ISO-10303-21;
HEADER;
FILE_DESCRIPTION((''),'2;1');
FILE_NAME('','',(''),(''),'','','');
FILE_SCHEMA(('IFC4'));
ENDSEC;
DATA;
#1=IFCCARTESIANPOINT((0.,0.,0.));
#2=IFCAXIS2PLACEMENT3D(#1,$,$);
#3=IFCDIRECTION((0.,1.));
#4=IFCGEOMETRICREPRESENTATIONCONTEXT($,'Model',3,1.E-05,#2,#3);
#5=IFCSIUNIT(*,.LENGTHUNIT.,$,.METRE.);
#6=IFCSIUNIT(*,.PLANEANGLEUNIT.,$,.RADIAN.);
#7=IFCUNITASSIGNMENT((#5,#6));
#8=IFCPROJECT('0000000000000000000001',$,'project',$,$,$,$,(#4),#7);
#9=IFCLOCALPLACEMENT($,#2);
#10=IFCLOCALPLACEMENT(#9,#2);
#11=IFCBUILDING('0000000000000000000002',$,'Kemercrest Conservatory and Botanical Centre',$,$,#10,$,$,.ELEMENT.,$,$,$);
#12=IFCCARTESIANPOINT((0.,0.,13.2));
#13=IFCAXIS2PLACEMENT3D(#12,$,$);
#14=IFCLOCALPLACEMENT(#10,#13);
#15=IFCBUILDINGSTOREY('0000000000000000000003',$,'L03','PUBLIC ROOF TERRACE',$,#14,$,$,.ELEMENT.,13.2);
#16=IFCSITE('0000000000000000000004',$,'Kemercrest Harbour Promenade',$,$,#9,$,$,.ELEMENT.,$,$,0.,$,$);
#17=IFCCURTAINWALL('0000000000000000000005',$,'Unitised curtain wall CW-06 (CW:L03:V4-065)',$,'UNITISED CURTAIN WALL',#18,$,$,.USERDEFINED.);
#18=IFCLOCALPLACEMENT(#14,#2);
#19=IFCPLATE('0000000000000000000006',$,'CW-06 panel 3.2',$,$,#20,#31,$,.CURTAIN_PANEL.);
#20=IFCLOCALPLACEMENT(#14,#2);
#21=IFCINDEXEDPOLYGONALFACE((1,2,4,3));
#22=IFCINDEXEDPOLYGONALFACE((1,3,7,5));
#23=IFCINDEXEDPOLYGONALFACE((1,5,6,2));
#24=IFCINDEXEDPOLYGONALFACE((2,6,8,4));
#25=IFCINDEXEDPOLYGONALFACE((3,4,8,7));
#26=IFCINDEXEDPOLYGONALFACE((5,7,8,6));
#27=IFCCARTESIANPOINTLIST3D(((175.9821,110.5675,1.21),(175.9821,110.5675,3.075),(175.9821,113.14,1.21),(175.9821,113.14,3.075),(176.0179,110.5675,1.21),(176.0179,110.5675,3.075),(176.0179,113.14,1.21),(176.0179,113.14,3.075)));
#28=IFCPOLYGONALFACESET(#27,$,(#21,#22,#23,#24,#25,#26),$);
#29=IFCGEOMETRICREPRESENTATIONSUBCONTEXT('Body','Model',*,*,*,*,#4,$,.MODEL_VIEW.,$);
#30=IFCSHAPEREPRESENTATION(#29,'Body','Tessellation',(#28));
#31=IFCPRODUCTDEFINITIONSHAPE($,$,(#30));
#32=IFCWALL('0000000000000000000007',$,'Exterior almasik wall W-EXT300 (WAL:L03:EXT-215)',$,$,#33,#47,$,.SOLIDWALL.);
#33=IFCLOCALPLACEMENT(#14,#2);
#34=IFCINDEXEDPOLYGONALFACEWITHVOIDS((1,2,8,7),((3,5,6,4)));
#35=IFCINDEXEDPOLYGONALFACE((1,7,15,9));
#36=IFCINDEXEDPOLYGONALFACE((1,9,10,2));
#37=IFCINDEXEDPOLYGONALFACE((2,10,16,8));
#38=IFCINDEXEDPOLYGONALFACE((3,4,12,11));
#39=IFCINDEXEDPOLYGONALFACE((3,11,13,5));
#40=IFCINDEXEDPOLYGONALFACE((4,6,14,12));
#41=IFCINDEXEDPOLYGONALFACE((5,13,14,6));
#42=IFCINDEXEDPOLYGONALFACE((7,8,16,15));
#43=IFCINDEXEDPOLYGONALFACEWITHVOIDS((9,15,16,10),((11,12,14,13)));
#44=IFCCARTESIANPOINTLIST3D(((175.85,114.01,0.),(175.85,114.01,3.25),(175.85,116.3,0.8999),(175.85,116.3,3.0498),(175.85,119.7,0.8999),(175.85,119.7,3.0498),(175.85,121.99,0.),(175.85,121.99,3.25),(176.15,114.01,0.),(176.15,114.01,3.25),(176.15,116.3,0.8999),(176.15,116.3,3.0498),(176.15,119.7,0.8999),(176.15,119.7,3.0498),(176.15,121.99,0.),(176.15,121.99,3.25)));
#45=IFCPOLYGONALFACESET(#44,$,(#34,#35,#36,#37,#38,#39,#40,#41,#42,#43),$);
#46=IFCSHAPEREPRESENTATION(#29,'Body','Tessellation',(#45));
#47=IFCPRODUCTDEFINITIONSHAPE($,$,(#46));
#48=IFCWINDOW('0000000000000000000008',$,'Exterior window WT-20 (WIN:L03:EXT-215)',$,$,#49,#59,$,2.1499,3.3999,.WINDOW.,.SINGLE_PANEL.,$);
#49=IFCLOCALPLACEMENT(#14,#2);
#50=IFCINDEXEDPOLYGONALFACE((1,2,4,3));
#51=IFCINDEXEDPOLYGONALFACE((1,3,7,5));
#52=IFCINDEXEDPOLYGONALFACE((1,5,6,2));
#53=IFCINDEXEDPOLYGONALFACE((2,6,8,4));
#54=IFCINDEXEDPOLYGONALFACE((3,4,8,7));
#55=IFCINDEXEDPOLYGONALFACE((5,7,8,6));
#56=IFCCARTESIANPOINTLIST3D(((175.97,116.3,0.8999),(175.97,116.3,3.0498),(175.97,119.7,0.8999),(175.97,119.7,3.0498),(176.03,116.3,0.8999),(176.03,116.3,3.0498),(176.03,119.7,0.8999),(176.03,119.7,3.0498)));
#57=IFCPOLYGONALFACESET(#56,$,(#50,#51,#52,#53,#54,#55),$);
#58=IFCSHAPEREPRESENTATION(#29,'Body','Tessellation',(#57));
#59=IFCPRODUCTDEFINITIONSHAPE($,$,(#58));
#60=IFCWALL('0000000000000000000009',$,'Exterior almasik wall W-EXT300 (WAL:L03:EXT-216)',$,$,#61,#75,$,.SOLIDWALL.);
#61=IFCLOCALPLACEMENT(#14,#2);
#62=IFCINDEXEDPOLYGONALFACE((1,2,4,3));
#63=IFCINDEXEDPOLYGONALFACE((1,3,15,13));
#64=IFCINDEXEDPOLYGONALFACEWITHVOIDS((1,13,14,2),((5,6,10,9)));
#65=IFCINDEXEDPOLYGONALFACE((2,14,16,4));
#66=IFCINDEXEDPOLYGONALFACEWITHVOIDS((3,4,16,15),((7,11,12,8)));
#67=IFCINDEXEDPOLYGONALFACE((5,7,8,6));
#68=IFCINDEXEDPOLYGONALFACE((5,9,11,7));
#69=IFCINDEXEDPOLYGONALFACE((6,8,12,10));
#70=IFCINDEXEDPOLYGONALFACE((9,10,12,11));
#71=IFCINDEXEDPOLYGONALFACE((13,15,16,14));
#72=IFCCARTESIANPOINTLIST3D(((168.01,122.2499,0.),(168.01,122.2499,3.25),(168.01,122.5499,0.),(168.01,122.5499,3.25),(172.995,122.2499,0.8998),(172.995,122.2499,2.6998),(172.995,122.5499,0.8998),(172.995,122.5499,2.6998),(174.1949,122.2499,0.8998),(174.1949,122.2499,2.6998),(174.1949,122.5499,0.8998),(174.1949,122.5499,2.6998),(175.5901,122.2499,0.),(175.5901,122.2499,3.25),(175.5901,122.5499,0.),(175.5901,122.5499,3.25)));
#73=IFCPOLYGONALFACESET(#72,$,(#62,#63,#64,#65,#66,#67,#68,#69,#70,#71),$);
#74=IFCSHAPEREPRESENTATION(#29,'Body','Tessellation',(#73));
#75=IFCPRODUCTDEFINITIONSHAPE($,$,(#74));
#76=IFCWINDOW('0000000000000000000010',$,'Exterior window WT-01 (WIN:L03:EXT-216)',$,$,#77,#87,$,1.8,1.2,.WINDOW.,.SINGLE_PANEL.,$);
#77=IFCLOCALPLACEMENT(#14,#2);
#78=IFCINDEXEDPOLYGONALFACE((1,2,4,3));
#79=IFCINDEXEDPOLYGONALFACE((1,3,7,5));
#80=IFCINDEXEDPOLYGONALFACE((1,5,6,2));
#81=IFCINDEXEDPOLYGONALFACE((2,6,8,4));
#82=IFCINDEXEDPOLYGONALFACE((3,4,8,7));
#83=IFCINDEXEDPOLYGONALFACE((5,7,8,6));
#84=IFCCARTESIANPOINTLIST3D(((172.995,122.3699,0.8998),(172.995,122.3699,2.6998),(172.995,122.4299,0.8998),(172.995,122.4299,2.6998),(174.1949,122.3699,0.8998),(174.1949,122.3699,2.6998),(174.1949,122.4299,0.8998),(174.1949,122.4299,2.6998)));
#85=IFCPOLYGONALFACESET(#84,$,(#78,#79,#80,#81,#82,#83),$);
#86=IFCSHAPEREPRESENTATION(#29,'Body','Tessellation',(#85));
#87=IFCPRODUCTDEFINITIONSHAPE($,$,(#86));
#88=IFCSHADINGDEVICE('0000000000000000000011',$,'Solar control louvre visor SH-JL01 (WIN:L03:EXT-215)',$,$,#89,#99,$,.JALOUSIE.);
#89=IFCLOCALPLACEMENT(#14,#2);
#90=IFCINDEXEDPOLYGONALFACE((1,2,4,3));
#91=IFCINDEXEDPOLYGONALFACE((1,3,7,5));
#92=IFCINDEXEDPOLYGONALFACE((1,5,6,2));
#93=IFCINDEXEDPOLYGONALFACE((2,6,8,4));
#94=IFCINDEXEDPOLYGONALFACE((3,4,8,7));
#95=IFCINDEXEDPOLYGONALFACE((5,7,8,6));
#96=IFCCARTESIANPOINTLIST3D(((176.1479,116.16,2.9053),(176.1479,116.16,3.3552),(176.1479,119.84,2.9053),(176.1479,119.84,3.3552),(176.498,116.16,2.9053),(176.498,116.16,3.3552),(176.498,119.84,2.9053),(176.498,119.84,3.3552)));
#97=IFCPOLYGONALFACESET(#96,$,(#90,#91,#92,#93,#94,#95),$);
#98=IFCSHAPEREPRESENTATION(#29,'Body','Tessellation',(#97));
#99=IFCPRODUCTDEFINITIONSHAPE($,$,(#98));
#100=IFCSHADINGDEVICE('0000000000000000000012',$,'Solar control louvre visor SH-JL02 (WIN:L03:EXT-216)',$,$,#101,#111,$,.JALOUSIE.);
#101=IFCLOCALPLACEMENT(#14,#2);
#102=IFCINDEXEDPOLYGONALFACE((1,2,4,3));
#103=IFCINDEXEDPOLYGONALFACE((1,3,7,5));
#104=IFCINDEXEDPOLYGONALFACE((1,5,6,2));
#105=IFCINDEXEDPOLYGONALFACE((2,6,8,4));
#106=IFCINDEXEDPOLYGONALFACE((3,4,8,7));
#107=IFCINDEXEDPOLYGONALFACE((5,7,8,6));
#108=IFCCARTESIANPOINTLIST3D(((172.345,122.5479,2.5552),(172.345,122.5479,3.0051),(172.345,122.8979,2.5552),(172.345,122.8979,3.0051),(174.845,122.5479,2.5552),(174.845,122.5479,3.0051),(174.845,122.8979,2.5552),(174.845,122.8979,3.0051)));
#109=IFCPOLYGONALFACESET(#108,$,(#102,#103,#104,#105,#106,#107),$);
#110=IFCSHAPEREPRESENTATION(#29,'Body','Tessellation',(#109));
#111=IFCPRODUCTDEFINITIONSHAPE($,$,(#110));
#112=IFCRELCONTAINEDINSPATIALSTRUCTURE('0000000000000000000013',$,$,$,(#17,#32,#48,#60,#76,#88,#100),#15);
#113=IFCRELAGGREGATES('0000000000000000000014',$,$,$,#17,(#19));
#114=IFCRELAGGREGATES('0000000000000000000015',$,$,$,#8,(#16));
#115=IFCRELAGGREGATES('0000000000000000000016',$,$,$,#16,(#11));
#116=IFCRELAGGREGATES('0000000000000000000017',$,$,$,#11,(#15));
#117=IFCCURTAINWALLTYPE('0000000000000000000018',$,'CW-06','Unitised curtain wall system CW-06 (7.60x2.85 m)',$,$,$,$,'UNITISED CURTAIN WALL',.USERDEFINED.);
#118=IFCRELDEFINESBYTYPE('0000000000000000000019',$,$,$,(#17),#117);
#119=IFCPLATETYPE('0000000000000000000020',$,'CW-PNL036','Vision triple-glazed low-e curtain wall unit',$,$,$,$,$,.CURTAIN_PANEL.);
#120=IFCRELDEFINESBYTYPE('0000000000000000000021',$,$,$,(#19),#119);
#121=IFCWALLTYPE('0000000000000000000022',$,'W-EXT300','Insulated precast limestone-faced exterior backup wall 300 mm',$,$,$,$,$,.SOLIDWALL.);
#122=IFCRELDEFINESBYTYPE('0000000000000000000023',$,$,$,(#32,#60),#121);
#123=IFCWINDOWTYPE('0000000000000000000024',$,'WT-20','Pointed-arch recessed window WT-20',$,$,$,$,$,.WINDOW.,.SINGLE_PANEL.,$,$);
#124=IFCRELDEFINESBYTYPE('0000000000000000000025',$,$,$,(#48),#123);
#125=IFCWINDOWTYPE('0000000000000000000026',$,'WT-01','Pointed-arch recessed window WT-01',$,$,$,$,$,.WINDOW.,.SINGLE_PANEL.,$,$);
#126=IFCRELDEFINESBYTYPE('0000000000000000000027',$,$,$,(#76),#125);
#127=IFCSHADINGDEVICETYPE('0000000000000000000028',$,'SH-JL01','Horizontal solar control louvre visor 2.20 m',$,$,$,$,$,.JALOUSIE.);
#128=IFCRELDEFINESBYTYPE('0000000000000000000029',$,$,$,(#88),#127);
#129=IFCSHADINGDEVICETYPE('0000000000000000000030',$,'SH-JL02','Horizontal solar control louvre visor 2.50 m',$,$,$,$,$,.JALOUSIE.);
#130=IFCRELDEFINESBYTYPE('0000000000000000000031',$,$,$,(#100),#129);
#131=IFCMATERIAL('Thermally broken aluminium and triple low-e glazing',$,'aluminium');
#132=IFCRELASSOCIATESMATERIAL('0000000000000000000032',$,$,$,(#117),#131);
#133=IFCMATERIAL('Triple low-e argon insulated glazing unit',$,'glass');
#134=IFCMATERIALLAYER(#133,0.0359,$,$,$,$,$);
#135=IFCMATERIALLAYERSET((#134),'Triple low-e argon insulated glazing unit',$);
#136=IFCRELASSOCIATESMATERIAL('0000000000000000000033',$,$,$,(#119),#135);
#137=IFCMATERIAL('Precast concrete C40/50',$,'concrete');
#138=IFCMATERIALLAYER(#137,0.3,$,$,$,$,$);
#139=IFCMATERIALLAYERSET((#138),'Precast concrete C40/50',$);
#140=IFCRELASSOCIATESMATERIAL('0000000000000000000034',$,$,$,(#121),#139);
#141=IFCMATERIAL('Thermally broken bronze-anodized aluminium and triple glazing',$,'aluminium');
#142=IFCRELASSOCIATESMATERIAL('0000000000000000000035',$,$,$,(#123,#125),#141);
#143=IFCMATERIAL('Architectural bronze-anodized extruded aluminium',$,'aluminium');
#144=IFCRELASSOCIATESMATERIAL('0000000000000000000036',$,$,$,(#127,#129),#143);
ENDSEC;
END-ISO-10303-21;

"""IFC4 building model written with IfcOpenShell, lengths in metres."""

from ifc_helpers import new_model, si_unit, direction, frame, frame_2d, origin, origin_2d, place, context, subcontext, project, spatial, rectangle, extrude, material, layer, layer_set, type_object, element, fill, aggregate, save


model = new_model("IFC4")

# Units and contexts
model_context = context("Model", 3, precision=1e-05, world=origin(), true_north=direction((0.0, 1.0)))
body_context = subcontext(model_context, "Body", "Model", "MODEL_VIEW")
ifc_project = project(units=[si_unit("LENGTHUNIT", "METRE"), si_unit("PLANEANGLEUNIT", "RADIAN")], contexts=[model_context])

# Site, building, storey
site_placement = place(None, origin())
site = spatial("IfcSite", under=ifc_project, at=site_placement, Name="Kemercrest Harbour Promenade", CompositionType="ELEMENT", RefElevation=0.0)
building_placement = place(site_placement, origin())
building = spatial("IfcBuilding", under=site, at=building_placement, Name="Kemercrest Conservatory and Botanical Centre", CompositionType="ELEMENT")
storey_placement = place(building_placement, frame((0.0, 0.0, 13.2)))
storey = spatial("IfcBuildingStorey", under=building, at=storey_placement, Name="L03", Description="PUBLIC ROOF TERRACE", CompositionType="ELEMENT", Elevation=13.2)

# Curtain wall
ifc_material_1 = material(Name="Thermally broken aluminium and triple low-e glazing", Category="aluminium")
curtain_wall_type = type_object("IfcCurtainWallType", Name="CW-06", Description="Unitised curtain wall system CW-06 (7.60x2.85 m)", ElementType="UNITISED CURTAIN WALL", PredefinedType="USERDEFINED", material=ifc_material_1)
curtain_wall_placement = place(storey_placement, origin())
curtain_wall = element("IfcCurtainWall", 1, at=curtain_wall_placement, inside=storey, type_object=curtain_wall_type, Name="Unitised curtain wall CW-06 (CW:L03:V4-065)", ObjectType="UNITISED CURTAIN WALL", PredefinedType="USERDEFINED")

# Plate
ifc_material_2 = material(Name="Triple low-e argon insulated glazing unit", Category="glass")
ifc_layer_1 = layer(ifc_material_2, 0.0359)
ifc_layer_set_1 = layer_set([ifc_layer_1], Name="Triple low-e argon insulated glazing unit")
plate_type = type_object("IfcPlateType", Name="CW-PNL036", Description="Vision triple-glazed low-e curtain wall unit", PredefinedType="CURTAIN_PANEL", material=ifc_layer_set_1)
plate_1_placement = place(storey_placement, frame((176.0, 111.8538, 1.21), z_axis=(0.0, 0.0, 1.0), x_axis=(0.0, 1.0, 0.0)))
plate_1 = element("IfcPlate", 2, at=plate_1_placement, type_object=plate_type, Name="CW-06 panel 3.2", PredefinedType="CURTAIN_PANEL", context=body_context, shape_type="SweptSolid", body=[
    extrude(rectangle(XDim=2.5725, YDim=0.0359, at=origin_2d()), origin(), (0.0, 0.0, 1.0), 1.865),
])
aggregate(curtain_wall, [plate_1])

# Walls, openings, windows
ifc_material_3 = material(Name="Precast concrete C40/50", Category="concrete")
ifc_layer_2 = layer(ifc_material_3, 0.3)
ifc_layer_set_2 = layer_set([ifc_layer_2], Name="Precast concrete C40/50")
wall_type = type_object("IfcWallType", Name="W-EXT300", Description="Insulated precast limestone-faced exterior backup wall 300 mm", PredefinedType="SOLIDWALL", material=ifc_layer_set_2)
wall_1_placement = place(storey_placement, frame((176.0, 114.01, 0.0), z_axis=(0.0, 0.0, 1.0), x_axis=(0.0, 1.0, 0.0)))
wall_1 = element("IfcWall", 3, at=wall_1_placement, inside=storey, type_object=wall_type, Name="Exterior almasik wall W-EXT300 (WAL:L03:EXT-215)", PredefinedType="SOLIDWALL", context=body_context, shape_type="SweptSolid", body=[
    extrude(rectangle(XDim=7.98, YDim=0.3, at=frame_2d((3.99, 0.0))), origin(), (0.0, 0.0, 1.0), 3.25),
])
opening_1_placement = place(wall_1_placement, frame((2.29, 0.0, 0.8999)))
opening_1 = element("IfcOpeningElement", 4, at=opening_1_placement, cuts=wall_1, PredefinedType="OPENING", context=body_context, shape_type="SweptSolid", body=[
    extrude(rectangle(XDim=3.3999, YDim=2.1499, at=frame_2d((1.7, 1.075))), frame((0.0, 0.1602, 0.0), z_axis=(0.0, -1.0, 0.0), x_axis=(1.0, 0.0, 0.0)), (0.0, 0.0, 1.0), 0.3201),
])
ifc_material_4 = material(Name="Thermally broken bronze-anodized aluminium and triple glazing", Category="aluminium")
window_type_1 = type_object("IfcWindowType", Name="WT-20", Description="Pointed-arch recessed window WT-20", PartitioningType="SINGLE_PANEL", PredefinedType="WINDOW", material=ifc_material_4)
window_1_placement = place(opening_1_placement, origin())
window_1 = element("IfcWindow", 5, at=window_1_placement, inside=storey, type_object=window_type_1, Name="Exterior window WT-20 (WIN:L03:EXT-215)", OverallHeight=2.1499, OverallWidth=3.3999, PartitioningType="SINGLE_PANEL", PredefinedType="WINDOW", context=body_context, shape_type="SweptSolid", body=[
    extrude(rectangle(XDim=3.3999, YDim=2.1499, at=frame_2d((1.7, 1.075))), frame((0.0, 0.03, 0.0), z_axis=(0.0, -1.0, 0.0), x_axis=(1.0, 0.0, 0.0)), (0.0, 0.0, 1.0), 0.0601),
])
fill(opening_1, window_1)
wall_2_placement = place(storey_placement, frame((175.5901, 122.3999, 0.0), z_axis=(0.0, 0.0, 1.0), x_axis=(-1.0, 0.0, 0.0)))
wall_2 = element("IfcWall", 6, at=wall_2_placement, inside=storey, type_object=wall_type, Name="Exterior almasik wall W-EXT300 (WAL:L03:EXT-216)", PredefinedType="SOLIDWALL", context=body_context, shape_type="SweptSolid", body=[
    extrude(rectangle(XDim=7.5801, YDim=0.3, at=frame_2d((3.79, 0.0))), origin(), (0.0, 0.0, 1.0), 3.25),
])
opening_2_placement = place(wall_2_placement, frame((1.395, 0.0, 0.8999)))
opening_2 = element("IfcOpeningElement", 7, at=opening_2_placement, cuts=wall_2, PredefinedType="OPENING", context=body_context, shape_type="SweptSolid", body=[
    extrude(rectangle(XDim=1.2, YDim=1.8, at=frame_2d((0.6001, 0.8999))), frame((0.0, 0.1602, 0.0), z_axis=(0.0, -1.0, 0.0), x_axis=(1.0, 0.0, 0.0)), (0.0, 0.0, 1.0), 0.3201),
])
window_type_2 = type_object("IfcWindowType", Name="WT-01", Description="Pointed-arch recessed window WT-01", PartitioningType="SINGLE_PANEL", PredefinedType="WINDOW", material=ifc_material_4)
window_2_placement = place(opening_2_placement, origin())
window_2 = element("IfcWindow", 8, at=window_2_placement, inside=storey, type_object=window_type_2, Name="Exterior window WT-01 (WIN:L03:EXT-216)", OverallHeight=1.8, OverallWidth=1.2, PartitioningType="SINGLE_PANEL", PredefinedType="WINDOW", context=body_context, shape_type="SweptSolid", body=[
    extrude(rectangle(XDim=1.2, YDim=1.8, at=frame_2d((0.6001, 0.8999))), frame((0.0, 0.03, 0.0), z_axis=(0.0, -1.0, 0.0), x_axis=(1.0, 0.0, 0.0)), (0.0, 0.0, 1.0), 0.0601),
])
fill(opening_2, window_2)

# Shading devices
ifc_material_5 = material(Name="Architectural bronze-anodized extruded aluminium", Category="aluminium")
shading_device_type_1 = type_object("IfcShadingDeviceType", Name="SH-JL01", Description="Horizontal solar control louvre visor 2.20 m", PredefinedType="JALOUSIE", material=ifc_material_5)
shading_device_1_placement = place(storey_placement, frame((176.323, 118.0, 2.9053), z_axis=(0.0, 0.0, 1.0), x_axis=(0.0, 1.0, 0.0)))
element("IfcShadingDevice", 9, at=shading_device_1_placement, inside=storey, type_object=shading_device_type_1, Name="Solar control louvre visor SH-JL01 (WIN:L03:EXT-215)", PredefinedType="JALOUSIE", context=body_context, shape_type="SweptSolid", body=[
    extrude(rectangle(XDim=3.6799, YDim=0.3501, at=origin_2d()), origin(), (0.0, 0.0, 1.0), 0.45),
])
shading_device_type_2 = type_object("IfcShadingDeviceType", Name="SH-JL02", Description="Horizontal solar control louvre visor 2.50 m", PredefinedType="JALOUSIE", material=ifc_material_5)
shading_device_2_placement = place(storey_placement, frame((173.595, 122.7229, 2.5552), z_axis=(0.0, 0.0, 1.0), x_axis=(-1.0, 0.0, 0.0)))
element("IfcShadingDevice", 10, at=shading_device_2_placement, inside=storey, type_object=shading_device_type_2, Name="Solar control louvre visor SH-JL02 (WIN:L03:EXT-216)", PredefinedType="JALOUSIE", context=body_context, shape_type="SweptSolid", body=[
    extrude(rectangle(XDim=2.5, YDim=0.3501, at=origin_2d()), origin(), (0.0, 0.0, 1.0), 0.45),
])

save(model, "model.ifc")
